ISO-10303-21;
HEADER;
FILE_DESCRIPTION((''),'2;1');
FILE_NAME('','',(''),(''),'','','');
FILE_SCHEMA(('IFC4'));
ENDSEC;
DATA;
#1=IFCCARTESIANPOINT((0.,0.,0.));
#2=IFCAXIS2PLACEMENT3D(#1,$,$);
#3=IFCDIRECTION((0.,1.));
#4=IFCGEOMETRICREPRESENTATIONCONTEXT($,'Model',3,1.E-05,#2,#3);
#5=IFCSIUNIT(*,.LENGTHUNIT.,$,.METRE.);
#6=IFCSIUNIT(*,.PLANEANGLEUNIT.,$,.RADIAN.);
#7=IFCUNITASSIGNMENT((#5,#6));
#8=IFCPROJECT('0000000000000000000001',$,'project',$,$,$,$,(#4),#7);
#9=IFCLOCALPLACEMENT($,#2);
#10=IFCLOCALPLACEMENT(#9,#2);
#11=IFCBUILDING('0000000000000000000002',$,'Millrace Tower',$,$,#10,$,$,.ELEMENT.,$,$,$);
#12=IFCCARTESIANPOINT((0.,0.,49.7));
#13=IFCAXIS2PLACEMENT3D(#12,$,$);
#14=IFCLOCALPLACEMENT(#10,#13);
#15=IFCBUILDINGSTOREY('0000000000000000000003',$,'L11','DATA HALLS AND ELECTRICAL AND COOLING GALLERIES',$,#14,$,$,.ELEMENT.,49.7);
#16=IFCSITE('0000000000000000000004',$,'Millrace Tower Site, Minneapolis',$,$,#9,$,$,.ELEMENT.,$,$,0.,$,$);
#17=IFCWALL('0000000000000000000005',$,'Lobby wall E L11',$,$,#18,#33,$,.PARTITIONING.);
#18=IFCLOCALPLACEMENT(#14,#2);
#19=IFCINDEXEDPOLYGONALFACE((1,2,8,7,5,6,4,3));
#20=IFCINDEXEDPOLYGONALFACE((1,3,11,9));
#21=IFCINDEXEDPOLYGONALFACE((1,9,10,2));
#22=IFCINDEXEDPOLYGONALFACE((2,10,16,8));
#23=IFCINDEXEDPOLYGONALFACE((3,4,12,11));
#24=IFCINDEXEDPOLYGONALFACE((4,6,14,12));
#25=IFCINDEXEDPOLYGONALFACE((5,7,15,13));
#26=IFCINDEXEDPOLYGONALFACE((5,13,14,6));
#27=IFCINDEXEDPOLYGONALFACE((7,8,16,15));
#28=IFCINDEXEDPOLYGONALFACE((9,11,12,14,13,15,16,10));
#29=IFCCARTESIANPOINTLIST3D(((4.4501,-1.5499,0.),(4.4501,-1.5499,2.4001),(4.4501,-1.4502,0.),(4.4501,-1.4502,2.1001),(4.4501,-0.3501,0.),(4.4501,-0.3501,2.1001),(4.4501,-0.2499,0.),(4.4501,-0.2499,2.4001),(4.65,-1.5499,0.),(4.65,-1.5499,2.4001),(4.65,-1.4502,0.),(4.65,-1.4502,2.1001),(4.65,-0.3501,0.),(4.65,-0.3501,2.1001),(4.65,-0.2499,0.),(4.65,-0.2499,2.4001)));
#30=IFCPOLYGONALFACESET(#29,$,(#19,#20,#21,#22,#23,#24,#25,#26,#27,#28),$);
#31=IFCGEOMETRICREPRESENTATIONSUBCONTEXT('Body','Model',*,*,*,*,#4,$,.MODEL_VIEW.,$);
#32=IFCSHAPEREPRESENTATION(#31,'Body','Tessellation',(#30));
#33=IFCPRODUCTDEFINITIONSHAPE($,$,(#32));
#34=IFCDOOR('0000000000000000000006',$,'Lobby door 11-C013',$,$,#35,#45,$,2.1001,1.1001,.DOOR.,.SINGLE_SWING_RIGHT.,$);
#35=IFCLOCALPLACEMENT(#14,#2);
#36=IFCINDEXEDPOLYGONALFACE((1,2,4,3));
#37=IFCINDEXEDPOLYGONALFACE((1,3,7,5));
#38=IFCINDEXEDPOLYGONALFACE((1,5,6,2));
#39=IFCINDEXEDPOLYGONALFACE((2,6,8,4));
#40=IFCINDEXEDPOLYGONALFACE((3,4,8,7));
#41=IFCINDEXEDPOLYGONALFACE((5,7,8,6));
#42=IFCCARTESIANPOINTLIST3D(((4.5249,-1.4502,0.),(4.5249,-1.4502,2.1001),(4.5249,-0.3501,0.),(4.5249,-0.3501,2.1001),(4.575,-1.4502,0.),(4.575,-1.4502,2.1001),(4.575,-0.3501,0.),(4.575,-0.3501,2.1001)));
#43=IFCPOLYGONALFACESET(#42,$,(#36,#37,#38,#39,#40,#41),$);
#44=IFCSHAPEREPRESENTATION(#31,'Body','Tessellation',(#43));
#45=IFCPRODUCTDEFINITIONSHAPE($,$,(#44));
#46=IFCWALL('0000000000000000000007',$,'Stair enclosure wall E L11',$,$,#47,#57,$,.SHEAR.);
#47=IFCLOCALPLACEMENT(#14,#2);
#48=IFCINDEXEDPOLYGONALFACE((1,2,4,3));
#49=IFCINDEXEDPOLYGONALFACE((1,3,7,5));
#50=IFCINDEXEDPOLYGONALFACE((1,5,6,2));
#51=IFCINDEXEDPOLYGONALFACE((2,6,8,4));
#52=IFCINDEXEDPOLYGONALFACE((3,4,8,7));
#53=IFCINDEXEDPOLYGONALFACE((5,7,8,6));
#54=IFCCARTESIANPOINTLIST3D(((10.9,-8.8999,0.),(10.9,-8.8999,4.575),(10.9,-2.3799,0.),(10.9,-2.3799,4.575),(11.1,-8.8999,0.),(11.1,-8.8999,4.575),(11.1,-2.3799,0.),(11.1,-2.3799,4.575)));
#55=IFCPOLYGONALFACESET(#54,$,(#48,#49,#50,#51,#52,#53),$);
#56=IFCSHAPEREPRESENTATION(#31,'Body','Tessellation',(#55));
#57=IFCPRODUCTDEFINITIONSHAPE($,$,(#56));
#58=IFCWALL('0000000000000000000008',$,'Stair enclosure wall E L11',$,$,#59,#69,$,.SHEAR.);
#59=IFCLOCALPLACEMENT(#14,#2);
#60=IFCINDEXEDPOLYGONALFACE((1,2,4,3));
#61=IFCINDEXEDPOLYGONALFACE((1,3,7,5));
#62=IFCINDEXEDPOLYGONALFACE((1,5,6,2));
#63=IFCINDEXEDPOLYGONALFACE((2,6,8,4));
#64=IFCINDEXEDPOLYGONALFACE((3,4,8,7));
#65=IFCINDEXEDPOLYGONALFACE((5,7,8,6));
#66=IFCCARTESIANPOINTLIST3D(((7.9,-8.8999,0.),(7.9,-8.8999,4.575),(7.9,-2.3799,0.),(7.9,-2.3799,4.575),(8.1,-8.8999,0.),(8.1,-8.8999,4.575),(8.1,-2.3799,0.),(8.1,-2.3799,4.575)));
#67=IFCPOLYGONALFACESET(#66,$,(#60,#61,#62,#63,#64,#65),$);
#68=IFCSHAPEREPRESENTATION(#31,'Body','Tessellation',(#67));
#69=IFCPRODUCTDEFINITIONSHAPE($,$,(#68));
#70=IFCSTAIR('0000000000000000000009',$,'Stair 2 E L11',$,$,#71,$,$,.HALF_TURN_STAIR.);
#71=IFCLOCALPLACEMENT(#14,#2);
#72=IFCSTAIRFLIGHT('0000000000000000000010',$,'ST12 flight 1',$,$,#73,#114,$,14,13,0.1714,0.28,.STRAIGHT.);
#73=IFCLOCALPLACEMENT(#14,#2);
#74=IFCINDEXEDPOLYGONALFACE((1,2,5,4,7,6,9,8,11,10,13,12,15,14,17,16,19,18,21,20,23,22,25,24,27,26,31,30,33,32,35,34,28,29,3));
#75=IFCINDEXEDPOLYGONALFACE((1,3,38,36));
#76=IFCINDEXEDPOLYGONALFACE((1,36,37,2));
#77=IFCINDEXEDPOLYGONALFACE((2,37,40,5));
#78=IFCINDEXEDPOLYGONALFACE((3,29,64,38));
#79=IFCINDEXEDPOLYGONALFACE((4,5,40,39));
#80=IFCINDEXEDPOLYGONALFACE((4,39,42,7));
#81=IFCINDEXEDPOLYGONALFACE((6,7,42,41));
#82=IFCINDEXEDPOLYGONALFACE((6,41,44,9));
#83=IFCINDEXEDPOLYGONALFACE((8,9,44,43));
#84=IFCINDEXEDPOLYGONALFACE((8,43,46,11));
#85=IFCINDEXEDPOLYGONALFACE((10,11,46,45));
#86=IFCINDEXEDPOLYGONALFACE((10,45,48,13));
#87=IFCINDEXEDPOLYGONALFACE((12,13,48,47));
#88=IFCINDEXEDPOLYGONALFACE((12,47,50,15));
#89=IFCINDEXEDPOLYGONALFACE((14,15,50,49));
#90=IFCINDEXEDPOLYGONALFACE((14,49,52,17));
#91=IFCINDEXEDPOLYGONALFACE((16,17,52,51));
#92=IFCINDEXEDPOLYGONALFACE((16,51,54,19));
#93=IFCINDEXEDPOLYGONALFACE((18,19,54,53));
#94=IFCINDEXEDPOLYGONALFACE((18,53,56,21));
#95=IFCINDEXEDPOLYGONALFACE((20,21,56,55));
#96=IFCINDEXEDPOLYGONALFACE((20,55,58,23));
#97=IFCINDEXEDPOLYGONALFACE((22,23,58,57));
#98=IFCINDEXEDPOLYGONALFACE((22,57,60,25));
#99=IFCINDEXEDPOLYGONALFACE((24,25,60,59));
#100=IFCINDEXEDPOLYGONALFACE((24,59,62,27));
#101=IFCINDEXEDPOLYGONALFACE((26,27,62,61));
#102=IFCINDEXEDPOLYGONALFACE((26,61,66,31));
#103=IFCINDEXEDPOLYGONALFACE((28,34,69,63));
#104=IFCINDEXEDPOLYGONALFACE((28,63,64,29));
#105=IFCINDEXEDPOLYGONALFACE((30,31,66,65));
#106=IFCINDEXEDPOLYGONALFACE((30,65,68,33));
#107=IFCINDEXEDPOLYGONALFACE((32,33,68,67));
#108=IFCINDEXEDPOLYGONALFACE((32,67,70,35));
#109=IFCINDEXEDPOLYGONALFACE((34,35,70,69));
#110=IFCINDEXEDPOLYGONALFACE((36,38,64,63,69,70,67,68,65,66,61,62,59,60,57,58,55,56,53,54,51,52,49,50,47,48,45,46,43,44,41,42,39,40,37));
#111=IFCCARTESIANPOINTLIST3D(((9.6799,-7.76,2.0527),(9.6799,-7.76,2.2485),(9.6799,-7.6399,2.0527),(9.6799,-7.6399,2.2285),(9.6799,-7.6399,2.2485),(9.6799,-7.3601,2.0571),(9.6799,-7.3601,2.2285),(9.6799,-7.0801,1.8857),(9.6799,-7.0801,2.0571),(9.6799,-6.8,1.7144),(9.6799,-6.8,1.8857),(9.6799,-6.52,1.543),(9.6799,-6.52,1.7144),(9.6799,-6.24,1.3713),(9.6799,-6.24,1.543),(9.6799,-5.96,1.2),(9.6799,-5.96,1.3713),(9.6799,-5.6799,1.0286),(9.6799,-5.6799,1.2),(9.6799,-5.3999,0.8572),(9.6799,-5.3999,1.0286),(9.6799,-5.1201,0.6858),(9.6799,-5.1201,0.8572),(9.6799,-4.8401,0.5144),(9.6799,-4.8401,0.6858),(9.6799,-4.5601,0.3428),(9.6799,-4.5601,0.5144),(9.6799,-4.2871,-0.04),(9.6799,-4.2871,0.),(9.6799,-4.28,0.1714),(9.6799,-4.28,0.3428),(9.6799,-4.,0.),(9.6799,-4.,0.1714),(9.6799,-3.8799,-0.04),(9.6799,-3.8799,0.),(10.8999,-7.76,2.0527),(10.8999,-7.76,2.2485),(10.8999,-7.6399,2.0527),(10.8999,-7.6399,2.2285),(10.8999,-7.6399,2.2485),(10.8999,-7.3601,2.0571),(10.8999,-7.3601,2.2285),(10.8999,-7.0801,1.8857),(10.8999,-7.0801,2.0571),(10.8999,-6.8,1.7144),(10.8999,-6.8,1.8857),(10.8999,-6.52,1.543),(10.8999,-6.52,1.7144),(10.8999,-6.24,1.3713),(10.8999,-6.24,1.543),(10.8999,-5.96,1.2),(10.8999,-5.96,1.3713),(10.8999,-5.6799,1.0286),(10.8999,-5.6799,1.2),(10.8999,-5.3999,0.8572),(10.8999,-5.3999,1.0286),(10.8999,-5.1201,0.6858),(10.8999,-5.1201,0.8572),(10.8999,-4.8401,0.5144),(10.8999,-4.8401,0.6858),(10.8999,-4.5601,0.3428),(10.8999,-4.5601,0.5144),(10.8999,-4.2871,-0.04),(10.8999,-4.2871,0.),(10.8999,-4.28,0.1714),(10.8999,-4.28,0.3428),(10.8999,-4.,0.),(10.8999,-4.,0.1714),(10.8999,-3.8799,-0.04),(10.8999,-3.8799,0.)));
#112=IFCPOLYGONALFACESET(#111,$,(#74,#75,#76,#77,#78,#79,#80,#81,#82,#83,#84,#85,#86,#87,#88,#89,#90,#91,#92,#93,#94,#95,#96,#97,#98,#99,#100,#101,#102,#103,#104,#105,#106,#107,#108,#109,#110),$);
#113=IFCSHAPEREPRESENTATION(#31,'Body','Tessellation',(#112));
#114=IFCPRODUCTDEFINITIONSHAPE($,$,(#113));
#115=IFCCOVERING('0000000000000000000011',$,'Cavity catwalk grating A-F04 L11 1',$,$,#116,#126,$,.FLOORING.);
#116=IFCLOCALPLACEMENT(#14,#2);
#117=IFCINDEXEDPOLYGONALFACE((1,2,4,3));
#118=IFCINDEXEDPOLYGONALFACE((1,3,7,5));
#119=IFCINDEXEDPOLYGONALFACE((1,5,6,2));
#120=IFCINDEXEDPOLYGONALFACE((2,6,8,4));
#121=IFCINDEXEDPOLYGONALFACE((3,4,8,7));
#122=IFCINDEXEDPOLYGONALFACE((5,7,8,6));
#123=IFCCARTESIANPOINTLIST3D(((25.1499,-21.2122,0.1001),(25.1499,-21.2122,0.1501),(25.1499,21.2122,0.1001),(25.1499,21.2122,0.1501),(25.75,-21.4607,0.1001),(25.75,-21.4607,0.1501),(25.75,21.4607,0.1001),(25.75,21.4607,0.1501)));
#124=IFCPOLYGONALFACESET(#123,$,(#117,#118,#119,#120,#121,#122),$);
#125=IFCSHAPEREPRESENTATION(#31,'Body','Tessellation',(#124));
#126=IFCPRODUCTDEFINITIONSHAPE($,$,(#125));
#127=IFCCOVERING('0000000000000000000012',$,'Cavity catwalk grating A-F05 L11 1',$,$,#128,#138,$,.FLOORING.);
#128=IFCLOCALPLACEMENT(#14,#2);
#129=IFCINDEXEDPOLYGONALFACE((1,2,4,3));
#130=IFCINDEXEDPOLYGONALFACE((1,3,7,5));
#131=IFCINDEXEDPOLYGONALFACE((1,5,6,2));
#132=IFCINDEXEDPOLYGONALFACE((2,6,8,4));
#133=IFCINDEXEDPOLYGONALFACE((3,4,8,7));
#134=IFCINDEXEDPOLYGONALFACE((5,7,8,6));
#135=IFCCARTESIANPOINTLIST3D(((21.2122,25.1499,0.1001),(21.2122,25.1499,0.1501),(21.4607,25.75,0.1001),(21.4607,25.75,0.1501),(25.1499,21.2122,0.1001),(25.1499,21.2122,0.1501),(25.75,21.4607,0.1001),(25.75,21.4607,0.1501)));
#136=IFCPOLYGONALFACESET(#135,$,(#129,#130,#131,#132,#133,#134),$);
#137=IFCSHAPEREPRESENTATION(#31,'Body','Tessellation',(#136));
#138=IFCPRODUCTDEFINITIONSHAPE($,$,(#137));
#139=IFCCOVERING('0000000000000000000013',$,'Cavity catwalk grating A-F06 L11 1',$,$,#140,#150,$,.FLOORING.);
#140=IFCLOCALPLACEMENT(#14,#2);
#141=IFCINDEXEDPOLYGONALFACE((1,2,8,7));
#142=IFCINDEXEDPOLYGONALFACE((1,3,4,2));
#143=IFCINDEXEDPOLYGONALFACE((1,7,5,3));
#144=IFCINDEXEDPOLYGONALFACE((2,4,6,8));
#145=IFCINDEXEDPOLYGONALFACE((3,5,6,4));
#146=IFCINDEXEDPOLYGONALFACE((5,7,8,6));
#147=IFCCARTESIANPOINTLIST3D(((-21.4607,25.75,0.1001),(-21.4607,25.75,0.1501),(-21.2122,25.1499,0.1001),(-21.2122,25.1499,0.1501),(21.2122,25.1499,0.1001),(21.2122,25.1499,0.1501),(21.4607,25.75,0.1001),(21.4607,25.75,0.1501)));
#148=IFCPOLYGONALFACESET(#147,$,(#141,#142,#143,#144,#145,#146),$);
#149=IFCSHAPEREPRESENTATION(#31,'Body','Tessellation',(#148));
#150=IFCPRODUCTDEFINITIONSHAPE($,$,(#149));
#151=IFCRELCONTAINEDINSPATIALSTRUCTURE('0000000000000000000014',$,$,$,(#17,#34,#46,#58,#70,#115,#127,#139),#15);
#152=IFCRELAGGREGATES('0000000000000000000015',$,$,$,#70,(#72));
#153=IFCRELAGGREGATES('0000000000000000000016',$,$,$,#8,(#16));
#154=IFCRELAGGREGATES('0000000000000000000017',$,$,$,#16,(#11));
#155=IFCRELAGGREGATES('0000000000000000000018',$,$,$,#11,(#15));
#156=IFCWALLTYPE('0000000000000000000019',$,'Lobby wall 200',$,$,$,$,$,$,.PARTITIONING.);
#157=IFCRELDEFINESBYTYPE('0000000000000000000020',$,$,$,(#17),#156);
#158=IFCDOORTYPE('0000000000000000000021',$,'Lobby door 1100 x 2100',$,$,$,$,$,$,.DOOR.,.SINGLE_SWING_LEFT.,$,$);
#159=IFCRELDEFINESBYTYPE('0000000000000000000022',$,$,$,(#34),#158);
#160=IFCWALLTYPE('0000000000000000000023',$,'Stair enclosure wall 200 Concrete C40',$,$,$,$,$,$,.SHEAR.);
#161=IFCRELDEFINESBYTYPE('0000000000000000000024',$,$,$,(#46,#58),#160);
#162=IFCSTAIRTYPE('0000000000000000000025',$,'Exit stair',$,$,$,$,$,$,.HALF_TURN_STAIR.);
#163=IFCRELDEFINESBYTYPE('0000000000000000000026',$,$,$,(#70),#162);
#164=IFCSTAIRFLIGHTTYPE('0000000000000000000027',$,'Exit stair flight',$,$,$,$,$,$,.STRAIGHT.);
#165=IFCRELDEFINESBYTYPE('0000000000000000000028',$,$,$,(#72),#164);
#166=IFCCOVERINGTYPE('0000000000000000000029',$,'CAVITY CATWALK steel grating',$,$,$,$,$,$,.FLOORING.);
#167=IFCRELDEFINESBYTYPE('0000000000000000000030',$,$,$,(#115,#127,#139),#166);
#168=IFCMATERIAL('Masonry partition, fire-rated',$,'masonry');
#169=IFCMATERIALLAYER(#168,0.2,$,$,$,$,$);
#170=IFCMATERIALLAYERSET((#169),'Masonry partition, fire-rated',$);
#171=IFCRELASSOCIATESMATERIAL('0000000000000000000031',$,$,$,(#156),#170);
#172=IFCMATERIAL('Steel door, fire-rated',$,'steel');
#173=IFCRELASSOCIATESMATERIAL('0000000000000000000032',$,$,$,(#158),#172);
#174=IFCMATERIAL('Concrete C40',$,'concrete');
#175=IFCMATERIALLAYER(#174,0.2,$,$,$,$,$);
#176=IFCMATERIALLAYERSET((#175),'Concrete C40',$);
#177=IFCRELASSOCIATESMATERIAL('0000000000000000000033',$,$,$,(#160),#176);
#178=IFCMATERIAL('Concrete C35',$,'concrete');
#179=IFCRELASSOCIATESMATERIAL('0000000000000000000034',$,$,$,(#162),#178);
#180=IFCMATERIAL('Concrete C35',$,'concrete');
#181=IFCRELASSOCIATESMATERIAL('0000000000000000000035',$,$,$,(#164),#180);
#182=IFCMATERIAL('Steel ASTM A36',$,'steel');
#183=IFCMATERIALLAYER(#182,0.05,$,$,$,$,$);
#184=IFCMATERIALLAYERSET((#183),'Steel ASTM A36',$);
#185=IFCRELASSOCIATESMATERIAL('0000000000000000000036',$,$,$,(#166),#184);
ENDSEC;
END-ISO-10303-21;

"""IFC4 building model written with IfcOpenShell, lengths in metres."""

from ifc_helpers import new_model, si_unit, direction, frame, frame_2d, origin, place, context, subcontext, project, spatial, polyline, rectangle, outline, extrude, material, layer, layer_set, type_object, element, fill, aggregate, save


model = new_model("IFC4")

# Units and contexts
model_context = context("Model", 3, precision=1e-05, world=origin(), true_north=direction((0.0, 1.0)))
body_context = subcontext(model_context, "Body", "Model", "MODEL_VIEW")
ifc_project = project(units=[si_unit("LENGTHUNIT", "METRE"), si_unit("PLANEANGLEUNIT", "RADIAN")], contexts=[model_context])

# Site, building, storey
site_placement = place(None, origin())
site = spatial("IfcSite", under=ifc_project, at=site_placement, Name="Millrace Tower Site, Minneapolis", CompositionType="ELEMENT", RefElevation=0.0)
building_placement = place(site_placement, origin())
building = spatial("IfcBuilding", under=site, at=building_placement, Name="Millrace Tower", CompositionType="ELEMENT")
storey_placement = place(building_placement, frame((0.0, 0.0, 49.7)))
storey = spatial("IfcBuildingStorey", under=building, at=storey_placement, Name="L11", Description="DATA HALLS AND ELECTRICAL AND COOLING GALLERIES", CompositionType="ELEMENT", Elevation=49.7)

# Shared definitions
placement_1 = place(storey_placement, origin())

# Wall, opening, door
ifc_material_1 = material(Name="Masonry partition, fire-rated", Category="masonry")
ifc_layer_1 = layer(ifc_material_1, 0.2)
ifc_layer_set_1 = layer_set([ifc_layer_1], Name="Masonry partition, fire-rated")
wall_type_1 = type_object("IfcWallType", Name="Lobby wall 200", PredefinedType="PARTITIONING", material=ifc_layer_set_1)
wall_1_placement = place(storey_placement, frame((4.55, -0.25, 0.0), z_axis=(0.0, 0.0, 1.0), x_axis=(0.0, -1.0, 0.0)))
wall_1 = element("IfcWall", 1, at=wall_1_placement, inside=storey, type_object=wall_type_1, Name="Lobby wall E L11", PredefinedType="PARTITIONING", context=body_context, shape_type="SweptSolid", body=[
    extrude(rectangle(XDim=1.3, YDim=0.2, at=frame_2d((0.6499, 0.0))), origin(), (0.0, 0.0, 1.0), 2.4001),
])
opening_placement = place(wall_1_placement, frame((0.1001, 0.0, 0.0)))
opening = element("IfcOpeningElement", 2, at=opening_placement, cuts=wall_1, PredefinedType="OPENING", context=body_context, shape_type="SweptSolid", body=[
    extrude(rectangle(XDim=1.1001, YDim=2.1001, at=frame_2d((0.55, 1.05))), frame((0.0, 0.1099, 0.0), z_axis=(0.0, -1.0, 0.0), x_axis=(1.0, 0.0, 0.0)), (0.0, 0.0, 1.0), 0.22),
])
ifc_material_2 = material(Name="Steel door, fire-rated", Category="steel")
door_type = type_object("IfcDoorType", Name="Lobby door 1100 x 2100", OperationType="SINGLE_SWING_LEFT", PredefinedType="DOOR", material=ifc_material_2)
door_placement = place(opening_placement, origin())
door = element("IfcDoor", 3, at=door_placement, inside=storey, type_object=door_type, Name="Lobby door 11-C013", OperationType="SINGLE_SWING_RIGHT", OverallHeight=2.1001, OverallWidth=1.1001, PredefinedType="DOOR", context=body_context, shape_type="SweptSolid", body=[
    extrude(rectangle(XDim=1.1001, YDim=2.1001, at=frame_2d((0.55, 1.05))), frame((0.0, 0.0249, 0.0), z_axis=(0.0, -1.0, 0.0), x_axis=(1.0, 0.0, 0.0)), (0.0, 0.0, 1.0), 0.05),
])
fill(opening, door)

# Walls
ifc_material_3 = material(Name="Concrete C40", Category="concrete")
ifc_layer_2 = layer(ifc_material_3, 0.2)
ifc_layer_set_2 = layer_set([ifc_layer_2], Name="Concrete C40")
wall_type_2 = type_object("IfcWallType", Name="Stair enclosure wall 200 Concrete C40", PredefinedType="SHEAR", material=ifc_layer_set_2)
for number, where, z_axis, x_axis, name in (
    (4, (11.0, -2.3799, 0.0), (0.0, 0.0, 1.0), (0.0, -1.0, 0.0), "Stair enclosure wall E L11"),
    (5, (8.0, -2.3799, 0.0), (0.0, 0.0, 1.0), (0.0, -1.0, 0.0), "Stair enclosure wall E L11"),
):
    element("IfcWall", number, at=place(storey_placement, frame(where, z_axis=z_axis, x_axis=x_axis)), inside=storey, type_object=wall_type_2, Name=name, PredefinedType="SHEAR", context=body_context, shape_type="SweptSolid", body=[
        extrude(rectangle(XDim=6.52, YDim=0.2, at=frame_2d((3.26, 0.0))), origin(), (0.0, 0.0, 1.0), 4.575),
    ])

# Stair, stair flight
ifc_material_4 = material(Name="Concrete C35", Category="concrete")
stair_type = type_object("IfcStairType", Name="Exit stair", PredefinedType="HALF_TURN_STAIR", material=ifc_material_4)
stair = element("IfcStair", 6, at=placement_1, inside=storey, type_object=stair_type, Name="Stair 2 E L11", PredefinedType="HALF_TURN_STAIR")
ifc_material_5 = material(Name="Concrete C35", Category="concrete")
stair_flight_type = type_object("IfcStairFlightType", Name="Exit stair flight", PredefinedType="STRAIGHT", material=ifc_material_5)
stair_flight_placement = place(storey_placement, frame((10.29, -4.0, 0.0), z_axis=(0.0, 0.0, 1.0), x_axis=(0.0, -1.0, 0.0)))
stair_flight = element("IfcStairFlight", 7, at=stair_flight_placement, type_object=stair_flight_type, Name="ST12 flight 1", NumberOfRisers=14, NumberOfTreads=13, PredefinedType="STRAIGHT", RiserHeight=0.1714, TreadLength=0.28, context=body_context, shape_type="SweptSolid", body=[
    extrude(outline(polyline([(-0.1201, -0.04), (-0.1201, 0.0), (0.0, 0.0), (0.0, 0.1714), (0.28, 0.1714), (0.28, 0.3428), (0.5601, 0.3428), (0.5601, 0.5144), (0.8401, 0.5144), (0.8401, 0.6858), (1.1201, 0.6858), (1.1201, 0.8572), (1.3999, 0.8572), (1.3999, 1.0286), (1.6799, 1.0286), (1.6799, 1.2), (1.96, 1.2), (1.96, 1.3713), (2.24, 1.3713), (2.24, 1.543), (2.52, 1.543), (2.52, 1.7144), (2.8, 1.7144), (2.8, 1.8857), (3.0801, 1.8857), (3.0801, 2.0571), (3.3601, 2.0571), (3.3601, 2.2285), (3.6399, 2.2285), (3.6399, 2.2485), (3.76, 2.2485), (3.76, 2.0527), (3.6399, 2.0527), (0.2871, 0.0), (0.2871, -0.04), (-0.1201, -0.04)])), frame((0.0, 0.6099, 0.0), z_axis=(0.0, -1.0, 0.0), x_axis=(1.0, 0.0, 0.0)), (0.0, 0.0, 1.0), 1.22),
])
aggregate(stair, [stair_flight])

# Coverings
ifc_material_6 = material(Name="Steel ASTM A36", Category="steel")
ifc_layer_3 = layer(ifc_material_6, 0.05)
ifc_layer_set_3 = layer_set([ifc_layer_3], Name="Steel ASTM A36")
covering_type = type_object("IfcCoveringType", Name="CAVITY CATWALK steel grating", PredefinedType="FLOORING", material=ifc_layer_set_3)
placement_2 = place(storey_placement, frame((0.0, 0.0, 0.1001)))
element("IfcCovering", 8, at=placement_2, inside=storey, type_object=covering_type, Name="Cavity catwalk grating A-F04 L11 1", PredefinedType="FLOORING", context=body_context, shape_type="SweptSolid", body=[
    extrude(outline(polyline([(25.75, -21.4607), (25.75, 21.4607), (25.1499, 21.2122), (25.1499, -21.2122), (25.75, -21.4607)])), origin(), (0.0, 0.0, 1.0), 0.05),
])
element("IfcCovering", 9, at=placement_2, inside=storey, type_object=covering_type, Name="Cavity catwalk grating A-F05 L11 1", PredefinedType="FLOORING", context=body_context, shape_type="SweptSolid", body=[
    extrude(outline(polyline([(25.75, 21.4607), (21.4607, 25.75), (21.2122, 25.1499), (25.1499, 21.2122), (25.75, 21.4607)])), origin(), (0.0, 0.0, 1.0), 0.05),
])
element("IfcCovering", 10, at=placement_2, inside=storey, type_object=covering_type, Name="Cavity catwalk grating A-F06 L11 1", PredefinedType="FLOORING", context=body_context, shape_type="SweptSolid", body=[
    extrude(outline(polyline([(21.4607, 25.75), (-21.4607, 25.75), (-21.2122, 25.1499), (21.2122, 25.1499), (21.4607, 25.75)])), origin(), (0.0, 0.0, 1.0), 0.05),
])

save(model, "model.ifc")
